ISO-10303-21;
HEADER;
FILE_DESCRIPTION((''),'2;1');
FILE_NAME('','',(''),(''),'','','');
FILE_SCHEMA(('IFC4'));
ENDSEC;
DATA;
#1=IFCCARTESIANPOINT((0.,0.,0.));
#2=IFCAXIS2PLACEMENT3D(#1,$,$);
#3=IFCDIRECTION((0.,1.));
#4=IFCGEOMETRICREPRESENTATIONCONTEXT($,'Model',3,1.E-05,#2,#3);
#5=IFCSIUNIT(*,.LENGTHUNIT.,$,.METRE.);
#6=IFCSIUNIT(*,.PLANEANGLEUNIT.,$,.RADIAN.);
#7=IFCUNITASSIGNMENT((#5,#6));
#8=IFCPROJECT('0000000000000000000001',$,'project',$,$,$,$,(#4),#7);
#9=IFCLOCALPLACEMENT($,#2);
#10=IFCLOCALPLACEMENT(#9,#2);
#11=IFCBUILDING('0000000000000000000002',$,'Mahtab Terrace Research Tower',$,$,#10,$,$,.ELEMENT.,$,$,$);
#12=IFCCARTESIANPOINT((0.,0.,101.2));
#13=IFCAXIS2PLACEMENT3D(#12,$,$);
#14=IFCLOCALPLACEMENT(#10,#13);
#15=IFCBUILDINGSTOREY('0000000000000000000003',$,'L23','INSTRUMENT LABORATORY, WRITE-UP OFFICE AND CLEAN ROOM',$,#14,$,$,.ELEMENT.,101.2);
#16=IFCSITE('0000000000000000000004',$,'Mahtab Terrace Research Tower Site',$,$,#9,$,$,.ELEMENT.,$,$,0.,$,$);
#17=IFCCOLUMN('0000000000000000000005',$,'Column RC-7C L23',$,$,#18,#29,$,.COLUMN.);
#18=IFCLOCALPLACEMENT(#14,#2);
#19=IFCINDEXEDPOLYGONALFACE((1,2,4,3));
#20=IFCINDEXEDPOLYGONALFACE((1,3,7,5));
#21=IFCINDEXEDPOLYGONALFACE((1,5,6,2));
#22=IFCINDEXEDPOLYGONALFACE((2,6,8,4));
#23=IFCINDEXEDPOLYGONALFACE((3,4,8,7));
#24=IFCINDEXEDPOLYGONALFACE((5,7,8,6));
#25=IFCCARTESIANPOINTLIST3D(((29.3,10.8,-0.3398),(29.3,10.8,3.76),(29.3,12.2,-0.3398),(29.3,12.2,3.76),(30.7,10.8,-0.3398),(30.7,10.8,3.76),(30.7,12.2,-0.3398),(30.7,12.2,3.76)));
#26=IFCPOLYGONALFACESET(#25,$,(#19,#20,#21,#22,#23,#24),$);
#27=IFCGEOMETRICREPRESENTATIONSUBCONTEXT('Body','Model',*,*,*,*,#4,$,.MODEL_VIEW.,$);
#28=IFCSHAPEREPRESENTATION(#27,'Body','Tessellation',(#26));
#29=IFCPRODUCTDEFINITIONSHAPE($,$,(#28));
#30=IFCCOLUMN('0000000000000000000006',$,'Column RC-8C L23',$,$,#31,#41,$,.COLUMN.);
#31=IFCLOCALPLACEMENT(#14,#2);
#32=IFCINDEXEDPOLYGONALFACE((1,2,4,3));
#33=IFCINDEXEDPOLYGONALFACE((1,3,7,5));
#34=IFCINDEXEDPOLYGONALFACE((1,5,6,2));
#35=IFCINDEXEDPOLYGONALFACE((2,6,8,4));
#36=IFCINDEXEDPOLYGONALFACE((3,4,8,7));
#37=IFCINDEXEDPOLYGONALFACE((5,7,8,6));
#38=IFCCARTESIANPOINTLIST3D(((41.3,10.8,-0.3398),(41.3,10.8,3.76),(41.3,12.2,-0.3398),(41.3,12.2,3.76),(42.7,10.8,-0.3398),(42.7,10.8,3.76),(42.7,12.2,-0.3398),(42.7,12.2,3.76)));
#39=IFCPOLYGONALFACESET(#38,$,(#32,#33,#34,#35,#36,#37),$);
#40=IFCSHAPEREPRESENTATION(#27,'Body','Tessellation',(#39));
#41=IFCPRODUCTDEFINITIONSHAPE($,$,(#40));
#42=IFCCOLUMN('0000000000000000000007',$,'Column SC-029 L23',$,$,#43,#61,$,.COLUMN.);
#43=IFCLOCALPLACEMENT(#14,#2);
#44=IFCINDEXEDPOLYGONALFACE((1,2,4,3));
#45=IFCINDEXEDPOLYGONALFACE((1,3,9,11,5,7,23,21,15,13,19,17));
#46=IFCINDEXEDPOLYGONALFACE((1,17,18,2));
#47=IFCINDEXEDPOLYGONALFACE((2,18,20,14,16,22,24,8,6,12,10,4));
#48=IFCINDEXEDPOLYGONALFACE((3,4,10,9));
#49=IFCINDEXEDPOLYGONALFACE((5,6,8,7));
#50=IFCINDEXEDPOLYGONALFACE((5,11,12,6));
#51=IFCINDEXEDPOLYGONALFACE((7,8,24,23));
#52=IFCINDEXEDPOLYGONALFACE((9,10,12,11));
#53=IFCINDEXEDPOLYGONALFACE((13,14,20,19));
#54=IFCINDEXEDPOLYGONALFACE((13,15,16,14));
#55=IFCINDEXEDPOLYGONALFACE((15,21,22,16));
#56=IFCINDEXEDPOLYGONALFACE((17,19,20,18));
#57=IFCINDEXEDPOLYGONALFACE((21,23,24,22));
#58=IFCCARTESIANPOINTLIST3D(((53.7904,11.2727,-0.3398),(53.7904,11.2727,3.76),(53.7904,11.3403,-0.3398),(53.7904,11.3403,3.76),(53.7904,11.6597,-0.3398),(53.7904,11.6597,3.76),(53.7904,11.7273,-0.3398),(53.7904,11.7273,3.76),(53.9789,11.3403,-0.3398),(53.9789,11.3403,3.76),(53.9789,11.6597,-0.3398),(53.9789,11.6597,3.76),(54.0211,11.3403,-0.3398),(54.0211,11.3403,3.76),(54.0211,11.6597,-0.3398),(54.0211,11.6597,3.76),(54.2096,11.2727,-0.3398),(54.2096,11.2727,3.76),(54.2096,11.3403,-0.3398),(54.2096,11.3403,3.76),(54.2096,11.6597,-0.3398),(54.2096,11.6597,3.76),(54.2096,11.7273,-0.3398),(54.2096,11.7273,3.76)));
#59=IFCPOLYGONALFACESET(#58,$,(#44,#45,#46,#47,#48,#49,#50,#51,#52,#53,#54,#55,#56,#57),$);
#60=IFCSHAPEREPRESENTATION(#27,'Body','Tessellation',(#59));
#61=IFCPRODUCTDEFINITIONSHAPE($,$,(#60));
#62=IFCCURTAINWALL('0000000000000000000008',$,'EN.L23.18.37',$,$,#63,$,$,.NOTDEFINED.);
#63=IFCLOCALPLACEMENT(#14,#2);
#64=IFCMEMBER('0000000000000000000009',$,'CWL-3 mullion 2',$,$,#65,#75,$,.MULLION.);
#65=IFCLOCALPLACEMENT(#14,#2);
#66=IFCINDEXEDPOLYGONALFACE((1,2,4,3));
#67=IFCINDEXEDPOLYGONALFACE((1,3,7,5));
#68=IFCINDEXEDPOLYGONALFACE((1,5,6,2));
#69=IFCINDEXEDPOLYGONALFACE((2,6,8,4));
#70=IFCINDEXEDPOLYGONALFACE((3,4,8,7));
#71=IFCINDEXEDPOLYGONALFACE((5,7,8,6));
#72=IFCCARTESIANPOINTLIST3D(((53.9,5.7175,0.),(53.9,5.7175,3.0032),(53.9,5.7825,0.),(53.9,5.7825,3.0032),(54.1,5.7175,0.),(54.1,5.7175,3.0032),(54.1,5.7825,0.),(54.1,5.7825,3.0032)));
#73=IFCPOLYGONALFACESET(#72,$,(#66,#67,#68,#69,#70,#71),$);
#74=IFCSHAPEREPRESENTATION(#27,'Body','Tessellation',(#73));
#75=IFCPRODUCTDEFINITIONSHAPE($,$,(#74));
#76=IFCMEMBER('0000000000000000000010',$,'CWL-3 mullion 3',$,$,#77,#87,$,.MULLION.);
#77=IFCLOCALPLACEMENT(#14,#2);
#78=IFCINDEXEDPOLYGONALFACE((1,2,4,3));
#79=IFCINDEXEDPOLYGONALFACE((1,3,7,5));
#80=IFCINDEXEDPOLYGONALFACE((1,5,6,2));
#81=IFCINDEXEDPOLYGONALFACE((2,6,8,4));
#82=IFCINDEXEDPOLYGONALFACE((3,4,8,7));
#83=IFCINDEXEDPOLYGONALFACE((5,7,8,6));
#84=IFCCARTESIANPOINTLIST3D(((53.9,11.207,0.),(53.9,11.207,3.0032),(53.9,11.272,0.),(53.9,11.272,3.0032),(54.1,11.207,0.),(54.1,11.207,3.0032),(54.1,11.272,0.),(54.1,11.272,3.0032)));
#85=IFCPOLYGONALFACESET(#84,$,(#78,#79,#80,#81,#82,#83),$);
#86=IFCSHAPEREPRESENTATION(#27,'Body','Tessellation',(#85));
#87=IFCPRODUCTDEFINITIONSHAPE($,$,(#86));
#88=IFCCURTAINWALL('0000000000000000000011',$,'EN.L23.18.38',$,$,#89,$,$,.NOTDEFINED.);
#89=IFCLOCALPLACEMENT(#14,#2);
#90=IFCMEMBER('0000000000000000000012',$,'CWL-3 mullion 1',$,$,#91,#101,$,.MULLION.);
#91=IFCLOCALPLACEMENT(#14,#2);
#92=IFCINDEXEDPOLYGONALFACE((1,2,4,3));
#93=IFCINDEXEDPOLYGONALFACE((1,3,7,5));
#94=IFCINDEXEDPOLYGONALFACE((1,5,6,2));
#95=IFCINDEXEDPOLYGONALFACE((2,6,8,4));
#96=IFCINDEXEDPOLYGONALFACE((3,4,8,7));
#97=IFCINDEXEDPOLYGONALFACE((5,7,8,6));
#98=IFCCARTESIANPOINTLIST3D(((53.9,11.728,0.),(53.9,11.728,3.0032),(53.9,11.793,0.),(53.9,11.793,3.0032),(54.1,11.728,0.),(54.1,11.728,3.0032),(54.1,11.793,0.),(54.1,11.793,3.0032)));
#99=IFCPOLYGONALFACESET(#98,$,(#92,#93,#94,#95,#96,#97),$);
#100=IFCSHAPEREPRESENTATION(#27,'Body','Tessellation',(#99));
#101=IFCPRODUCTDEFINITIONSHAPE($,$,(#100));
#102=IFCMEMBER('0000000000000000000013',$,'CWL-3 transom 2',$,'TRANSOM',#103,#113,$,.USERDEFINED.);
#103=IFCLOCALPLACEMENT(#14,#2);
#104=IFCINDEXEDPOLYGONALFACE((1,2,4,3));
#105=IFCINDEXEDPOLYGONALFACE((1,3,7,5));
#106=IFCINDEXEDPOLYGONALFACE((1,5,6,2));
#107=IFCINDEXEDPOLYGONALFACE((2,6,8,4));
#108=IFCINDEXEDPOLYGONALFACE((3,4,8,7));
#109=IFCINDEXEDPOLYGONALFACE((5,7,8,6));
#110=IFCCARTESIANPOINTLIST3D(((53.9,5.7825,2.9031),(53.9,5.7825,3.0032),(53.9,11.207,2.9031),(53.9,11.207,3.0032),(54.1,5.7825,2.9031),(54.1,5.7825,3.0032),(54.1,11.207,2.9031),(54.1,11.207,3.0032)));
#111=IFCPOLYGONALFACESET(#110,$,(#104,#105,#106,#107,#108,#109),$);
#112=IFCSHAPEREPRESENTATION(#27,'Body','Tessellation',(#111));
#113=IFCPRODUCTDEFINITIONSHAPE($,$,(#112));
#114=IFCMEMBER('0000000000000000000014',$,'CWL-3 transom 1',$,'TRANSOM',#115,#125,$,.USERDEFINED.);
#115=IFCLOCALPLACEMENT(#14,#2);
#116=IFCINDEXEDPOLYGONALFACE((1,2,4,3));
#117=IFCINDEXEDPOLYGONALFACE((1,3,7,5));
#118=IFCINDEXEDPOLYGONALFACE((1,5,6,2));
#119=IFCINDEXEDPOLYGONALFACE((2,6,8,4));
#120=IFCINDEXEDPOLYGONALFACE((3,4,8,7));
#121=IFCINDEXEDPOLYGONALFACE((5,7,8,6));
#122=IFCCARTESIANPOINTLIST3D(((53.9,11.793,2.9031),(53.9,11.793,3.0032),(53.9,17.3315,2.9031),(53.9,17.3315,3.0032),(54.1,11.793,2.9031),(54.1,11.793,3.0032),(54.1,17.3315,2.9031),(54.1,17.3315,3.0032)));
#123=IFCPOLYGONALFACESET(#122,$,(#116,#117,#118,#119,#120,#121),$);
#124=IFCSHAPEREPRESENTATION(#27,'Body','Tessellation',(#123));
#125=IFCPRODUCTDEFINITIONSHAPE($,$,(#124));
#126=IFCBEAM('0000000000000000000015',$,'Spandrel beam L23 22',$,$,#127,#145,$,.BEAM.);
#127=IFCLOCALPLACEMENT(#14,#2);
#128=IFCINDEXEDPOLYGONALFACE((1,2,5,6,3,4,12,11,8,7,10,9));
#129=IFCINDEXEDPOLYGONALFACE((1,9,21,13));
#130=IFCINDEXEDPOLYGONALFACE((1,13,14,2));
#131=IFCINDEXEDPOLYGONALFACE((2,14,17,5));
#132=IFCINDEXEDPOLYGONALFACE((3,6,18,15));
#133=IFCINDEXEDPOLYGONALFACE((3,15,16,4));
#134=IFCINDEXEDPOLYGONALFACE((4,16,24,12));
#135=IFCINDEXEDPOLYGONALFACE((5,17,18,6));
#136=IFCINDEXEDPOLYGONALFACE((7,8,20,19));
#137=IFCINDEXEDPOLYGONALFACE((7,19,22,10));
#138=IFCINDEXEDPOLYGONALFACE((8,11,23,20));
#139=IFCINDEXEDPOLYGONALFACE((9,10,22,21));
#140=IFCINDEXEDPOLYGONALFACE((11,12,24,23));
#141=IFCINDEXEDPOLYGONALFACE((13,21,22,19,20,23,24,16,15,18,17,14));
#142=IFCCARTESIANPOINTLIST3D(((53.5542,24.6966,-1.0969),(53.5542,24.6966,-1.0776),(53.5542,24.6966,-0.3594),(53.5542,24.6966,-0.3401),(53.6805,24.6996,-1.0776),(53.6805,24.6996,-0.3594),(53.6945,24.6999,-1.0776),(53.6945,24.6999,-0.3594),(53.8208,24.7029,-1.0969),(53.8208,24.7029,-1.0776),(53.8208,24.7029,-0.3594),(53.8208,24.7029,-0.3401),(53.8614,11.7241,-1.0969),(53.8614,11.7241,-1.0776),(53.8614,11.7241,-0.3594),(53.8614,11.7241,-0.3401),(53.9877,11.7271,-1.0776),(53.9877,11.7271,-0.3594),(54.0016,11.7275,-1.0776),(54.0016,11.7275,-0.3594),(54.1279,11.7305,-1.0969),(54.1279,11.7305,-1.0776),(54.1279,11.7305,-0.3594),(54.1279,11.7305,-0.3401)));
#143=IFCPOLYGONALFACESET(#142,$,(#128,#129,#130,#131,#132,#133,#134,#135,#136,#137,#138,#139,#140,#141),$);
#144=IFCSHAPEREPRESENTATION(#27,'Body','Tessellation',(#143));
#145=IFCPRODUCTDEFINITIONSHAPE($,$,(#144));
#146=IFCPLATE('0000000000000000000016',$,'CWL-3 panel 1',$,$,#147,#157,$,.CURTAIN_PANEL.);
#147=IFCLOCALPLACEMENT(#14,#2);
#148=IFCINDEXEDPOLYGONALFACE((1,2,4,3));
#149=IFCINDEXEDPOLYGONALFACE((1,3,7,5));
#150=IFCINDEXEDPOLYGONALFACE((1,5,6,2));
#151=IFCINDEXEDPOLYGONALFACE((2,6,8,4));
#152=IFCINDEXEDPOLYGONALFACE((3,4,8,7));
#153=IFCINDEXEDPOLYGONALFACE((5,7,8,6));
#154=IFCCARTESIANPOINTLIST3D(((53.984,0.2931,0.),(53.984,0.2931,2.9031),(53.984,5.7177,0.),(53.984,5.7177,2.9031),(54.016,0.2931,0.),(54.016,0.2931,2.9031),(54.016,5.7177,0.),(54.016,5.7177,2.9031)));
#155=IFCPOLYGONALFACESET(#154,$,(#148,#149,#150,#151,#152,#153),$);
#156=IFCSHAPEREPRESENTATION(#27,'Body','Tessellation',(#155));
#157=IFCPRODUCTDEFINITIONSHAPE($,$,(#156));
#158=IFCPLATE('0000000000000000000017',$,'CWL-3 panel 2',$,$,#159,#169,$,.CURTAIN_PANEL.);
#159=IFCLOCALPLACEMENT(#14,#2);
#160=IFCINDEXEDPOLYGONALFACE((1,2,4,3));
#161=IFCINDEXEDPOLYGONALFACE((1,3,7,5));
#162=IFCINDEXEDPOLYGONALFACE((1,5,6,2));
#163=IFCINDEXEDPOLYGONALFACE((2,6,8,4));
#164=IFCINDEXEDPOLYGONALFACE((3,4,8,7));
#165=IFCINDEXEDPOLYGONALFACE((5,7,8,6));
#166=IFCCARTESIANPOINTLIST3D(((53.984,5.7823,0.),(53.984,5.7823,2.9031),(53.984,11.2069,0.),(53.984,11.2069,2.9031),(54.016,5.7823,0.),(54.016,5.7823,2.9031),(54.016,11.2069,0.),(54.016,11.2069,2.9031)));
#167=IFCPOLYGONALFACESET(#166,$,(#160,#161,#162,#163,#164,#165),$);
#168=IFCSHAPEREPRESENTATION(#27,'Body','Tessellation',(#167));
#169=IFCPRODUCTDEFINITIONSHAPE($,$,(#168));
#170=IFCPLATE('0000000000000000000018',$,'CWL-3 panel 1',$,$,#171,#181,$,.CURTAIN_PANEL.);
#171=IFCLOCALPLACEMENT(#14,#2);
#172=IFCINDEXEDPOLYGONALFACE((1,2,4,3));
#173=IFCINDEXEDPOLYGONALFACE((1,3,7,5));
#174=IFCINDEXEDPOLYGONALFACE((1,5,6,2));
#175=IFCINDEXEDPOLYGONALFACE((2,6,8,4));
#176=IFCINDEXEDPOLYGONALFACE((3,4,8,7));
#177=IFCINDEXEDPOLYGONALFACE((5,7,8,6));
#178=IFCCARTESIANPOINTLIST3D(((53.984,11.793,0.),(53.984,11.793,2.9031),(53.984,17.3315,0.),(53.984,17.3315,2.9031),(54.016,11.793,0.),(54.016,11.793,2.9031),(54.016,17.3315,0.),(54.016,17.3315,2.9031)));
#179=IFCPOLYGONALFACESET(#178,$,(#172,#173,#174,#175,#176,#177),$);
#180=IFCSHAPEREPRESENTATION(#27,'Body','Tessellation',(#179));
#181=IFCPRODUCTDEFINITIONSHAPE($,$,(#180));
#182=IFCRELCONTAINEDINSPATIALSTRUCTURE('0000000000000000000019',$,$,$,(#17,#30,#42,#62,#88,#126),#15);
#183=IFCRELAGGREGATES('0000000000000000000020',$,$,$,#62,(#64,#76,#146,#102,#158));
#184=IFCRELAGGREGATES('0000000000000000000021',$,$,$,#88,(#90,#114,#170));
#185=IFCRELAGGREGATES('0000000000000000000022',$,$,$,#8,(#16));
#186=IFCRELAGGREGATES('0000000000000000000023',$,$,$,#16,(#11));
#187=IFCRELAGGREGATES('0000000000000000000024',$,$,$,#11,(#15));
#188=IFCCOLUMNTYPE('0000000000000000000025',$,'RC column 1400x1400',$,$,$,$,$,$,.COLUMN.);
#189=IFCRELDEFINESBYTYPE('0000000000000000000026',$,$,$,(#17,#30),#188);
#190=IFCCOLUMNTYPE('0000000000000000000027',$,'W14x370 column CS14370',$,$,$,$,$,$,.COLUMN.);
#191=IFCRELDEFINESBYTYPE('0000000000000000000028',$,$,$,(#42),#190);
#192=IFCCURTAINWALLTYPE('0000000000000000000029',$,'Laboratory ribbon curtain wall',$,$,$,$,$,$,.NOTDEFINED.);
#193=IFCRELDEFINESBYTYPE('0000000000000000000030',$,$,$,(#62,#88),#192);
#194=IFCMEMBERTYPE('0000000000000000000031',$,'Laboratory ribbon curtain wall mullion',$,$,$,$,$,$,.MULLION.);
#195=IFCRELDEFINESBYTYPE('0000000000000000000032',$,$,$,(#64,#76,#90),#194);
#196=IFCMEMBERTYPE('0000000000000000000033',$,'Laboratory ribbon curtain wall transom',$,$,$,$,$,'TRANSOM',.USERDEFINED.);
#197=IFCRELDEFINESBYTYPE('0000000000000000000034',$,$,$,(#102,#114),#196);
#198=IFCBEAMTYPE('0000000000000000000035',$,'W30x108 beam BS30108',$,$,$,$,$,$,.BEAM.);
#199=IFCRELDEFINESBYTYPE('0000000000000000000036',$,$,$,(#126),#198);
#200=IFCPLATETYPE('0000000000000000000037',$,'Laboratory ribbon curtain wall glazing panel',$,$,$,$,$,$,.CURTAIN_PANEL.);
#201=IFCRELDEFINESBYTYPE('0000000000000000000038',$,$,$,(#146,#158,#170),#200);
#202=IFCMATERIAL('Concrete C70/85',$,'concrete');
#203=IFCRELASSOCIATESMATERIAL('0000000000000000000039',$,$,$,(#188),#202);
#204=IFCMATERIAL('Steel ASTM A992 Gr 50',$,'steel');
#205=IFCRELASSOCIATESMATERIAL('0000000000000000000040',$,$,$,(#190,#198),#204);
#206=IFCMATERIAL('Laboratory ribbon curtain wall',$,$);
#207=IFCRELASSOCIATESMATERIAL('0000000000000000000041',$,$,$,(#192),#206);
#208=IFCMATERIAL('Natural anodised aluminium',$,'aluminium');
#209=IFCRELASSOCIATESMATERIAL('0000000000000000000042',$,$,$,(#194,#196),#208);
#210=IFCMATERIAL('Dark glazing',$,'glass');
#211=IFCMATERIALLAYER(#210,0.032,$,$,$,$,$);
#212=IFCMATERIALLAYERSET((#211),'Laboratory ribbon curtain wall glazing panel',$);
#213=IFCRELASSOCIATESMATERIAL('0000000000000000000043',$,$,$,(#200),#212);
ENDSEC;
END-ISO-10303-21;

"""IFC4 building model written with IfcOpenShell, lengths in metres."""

from ifc_helpers import new_model, si_unit, direction, frame, origin, origin_2d, place, context, subcontext, project, spatial, rectangle, i_section, extrude, material, layer, layer_set, material_profile, profile_set, type_object, element, aggregate, save


model = new_model("IFC4")

# Units and contexts
model_context = context("Model", 3, precision=1e-05, world=origin(), true_north=direction((0.0, 1.0)))
body_context = subcontext(model_context, "Body", "Model", "MODEL_VIEW")
ifc_project = project(units=[si_unit("LENGTHUNIT", "METRE"), si_unit("PLANEANGLEUNIT", "RADIAN")], contexts=[model_context])

# Site, building, storey
site_placement = place(None, origin())
site = spatial("IfcSite", under=ifc_project, at=site_placement, Name="Mahtab Terrace Research Tower Site", CompositionType="ELEMENT", RefElevation=0.0)
building_placement = place(site_placement, origin())
building = spatial("IfcBuilding", under=site, at=building_placement, Name="Mahtab Terrace Research Tower", CompositionType="ELEMENT")
storey_placement = place(building_placement, frame((0.0, 0.0, 101.2)))
storey = spatial("IfcBuildingStorey", under=building, at=storey_placement, Name="L23", Description="INSTRUMENT LABORATORY, WRITE-UP OFFICE AND CLEAN ROOM", CompositionType="ELEMENT", Elevation=101.2)

# Columns
ifc_material_1 = material(Name="Concrete C70/85", Category="concrete")
ifc_material_profile_1 = material_profile(ifc_material_1, rectangle(XDim=1.3999, YDim=1.3999, at=origin_2d()), Name="RC column 1400x1400")
ifc_profile_set_1 = profile_set([ifc_material_profile_1], Name="Concrete C70/85")
column_type_1 = type_object("IfcColumnType", Name="RC column 1400x1400", PredefinedType="COLUMN", material=ifc_profile_set_1)
for number, where, z_axis, x_axis, name in (
    (1, (30.0, 11.5, -0.3398), (0.0, 0.0, 1.0), (1.0, 0.0, 0.0), "Column RC-7C L23"),
    (2, (42.0, 11.5, -0.3398), (0.0, 0.0, 1.0), (1.0, 0.0, 0.0), "Column RC-8C L23"),
):
    element("IfcColumn", number, at=place(storey_placement, frame(where, z_axis=z_axis, x_axis=x_axis)), inside=storey, type_object=column_type_1, Name=name, PredefinedType="COLUMN", context=body_context, shape_type="SweptSolid", body=[
        extrude(rectangle(XDim=1.3999, YDim=1.3999, at=origin_2d()), origin(), (0.0, 0.0, 1.0), 4.0999),
    ])
ifc_material_2 = material(Name="Steel ASTM A992 Gr 50", Category="steel")
ifc_material_profile_2 = material_profile(ifc_material_2, i_section(OverallWidth=0.4192, OverallDepth=0.4546, WebThickness=0.0422, FlangeThickness=0.0676, at=origin_2d()), Name="W14X370")
ifc_profile_set_2 = profile_set([ifc_material_profile_2], Name="Steel ASTM A992 Gr 50")
column_type_2 = type_object("IfcColumnType", Name="W14x370 column CS14370", PredefinedType="COLUMN", material=ifc_profile_set_2)
column_placement = place(storey_placement, frame((54.0, 11.5, -0.3398), z_axis=(0.0, 0.0, 1.0), x_axis=(1.0, 0.0, 0.0)))
element("IfcColumn", 3, at=column_placement, inside=storey, type_object=column_type_2, Name="Column SC-029 L23", PredefinedType="COLUMN", context=body_context, shape_type="SweptSolid", body=[
    extrude(i_section(OverallWidth=0.4192, OverallDepth=0.4546, WebThickness=0.0422, FlangeThickness=0.0676, at=origin_2d()), origin(), (0.0, 0.0, 1.0), 4.0999),
])

# Curtain wall, members
ifc_material_3 = material(Name="Laboratory ribbon curtain wall")
curtain_wall_type = type_object("IfcCurtainWallType", Name="Laboratory ribbon curtain wall", PredefinedType="NOTDEFINED", material=ifc_material_3)
curtain_wall_1_placement = place(storey_placement, origin())
curtain_wall_1 = element("IfcCurtainWall", 4, at=curtain_wall_1_placement, inside=storey, type_object=curtain_wall_type, Name="EN.L23.18.37", PredefinedType="NOTDEFINED")
ifc_material_4 = material(Name="Natural anodised aluminium", Category="aluminium")
ifc_material_profile_3 = material_profile(ifc_material_4, rectangle(XDim=0.2, YDim=0.0649, at=origin_2d()), Name="MULLION 65x200")
ifc_profile_set_3 = profile_set([ifc_material_profile_3], Name="Natural anodised aluminium")
member_type_1 = type_object("IfcMemberType", Name="Laboratory ribbon curtain wall mullion", PredefinedType="MULLION", material=ifc_profile_set_3)
member_1_placement = place(storey_placement, frame((54.0, 5.75, 0.0), z_axis=(0.0, 0.0, 1.0), x_axis=(-1.0, 0.0, 0.0)))
member_1 = element("IfcMember", 5, at=member_1_placement, type_object=member_type_1, Name="CWL-3 mullion 2", PredefinedType="MULLION", context=body_context, shape_type="SweptSolid", body=[
    extrude(rectangle(XDim=0.2, YDim=0.0649, at=origin_2d()), origin(), (0.0, 0.0, 1.0), 3.0032),
])
member_2_placement = place(storey_placement, frame((54.0, 11.2395, 0.0), z_axis=(0.0, 0.0, 1.0), x_axis=(-1.0, 0.0, 0.0)))
member_2 = element("IfcMember", 6, at=member_2_placement, type_object=member_type_1, Name="CWL-3 mullion 3", PredefinedType="MULLION", context=body_context, shape_type="SweptSolid", body=[
    extrude(rectangle(XDim=0.2, YDim=0.0649, at=origin_2d()), origin(), (0.0, 0.0, 1.0), 3.0032),
])

# Curtain wall, member
curtain_wall_2_placement = place(storey_placement, origin())
curtain_wall_2 = element("IfcCurtainWall", 7, at=curtain_wall_2_placement, inside=storey, type_object=curtain_wall_type, Name="EN.L23.18.38", PredefinedType="NOTDEFINED")
member_3_placement = place(storey_placement, frame((54.0, 11.7605, 0.0), z_axis=(0.0, 0.0, 1.0), x_axis=(-1.0, 0.0, 0.0)))
member_3 = element("IfcMember", 8, at=member_3_placement, type_object=member_type_1, Name="CWL-3 mullion 1", PredefinedType="MULLION", context=body_context, shape_type="SweptSolid", body=[
    extrude(rectangle(XDim=0.2, YDim=0.0649, at=origin_2d()), origin(), (0.0, 0.0, 1.0), 3.0032),
])

# Members
ifc_material_profile_4 = material_profile(ifc_material_4, rectangle(XDim=0.2, YDim=0.1001, at=origin_2d()), Name="TRANSOM 100x200")
ifc_profile_set_4 = profile_set([ifc_material_profile_4], Name="Natural anodised aluminium")
member_type_2 = type_object("IfcMemberType", Name="Laboratory ribbon curtain wall transom", ElementType="TRANSOM", PredefinedType="USERDEFINED", material=ifc_profile_set_4)
member_4_placement = place(storey_placement, frame((54.0, 5.7825, 2.9531), z_axis=(0.0, 1.0, 0.0), x_axis=(-1.0, 0.0, 0.0)))
member_4 = element("IfcMember", 9, at=member_4_placement, type_object=member_type_2, Name="CWL-3 transom 2", ObjectType="TRANSOM", PredefinedType="USERDEFINED", context=body_context, shape_type="SweptSolid", body=[
    extrude(rectangle(XDim=0.2, YDim=0.1001, at=origin_2d()), origin(), (0.0, 0.0, 1.0), 5.4246),
])
member_5_placement = place(storey_placement, frame((54.0, 11.793, 2.9531), z_axis=(0.0, 1.0, 0.0), x_axis=(-1.0, 0.0, 0.0)))
member_5 = element("IfcMember", 10, at=member_5_placement, type_object=member_type_2, Name="CWL-3 transom 1", ObjectType="TRANSOM", PredefinedType="USERDEFINED", context=body_context, shape_type="SweptSolid", body=[
    extrude(rectangle(XDim=0.2, YDim=0.1001, at=origin_2d()), origin(), (0.0, 0.0, 1.0), 5.5386),
])

# Beam
ifc_material_profile_5 = material_profile(ifc_material_2, i_section(OverallWidth=0.2666, OverallDepth=0.7568, WebThickness=0.0139, FlangeThickness=0.0193, at=origin_2d()), Name="W30X108")
ifc_profile_set_5 = profile_set([ifc_material_profile_5], Name="Steel ASTM A992 Gr 50")
beam_type = type_object("IfcBeamType", Name="W30x108 beam BS30108", PredefinedType="BEAM", material=ifc_profile_set_5)
beam_placement = place(storey_placement, frame((53.9946, 11.7273, -0.7185), z_axis=(-0.023669, 0.99972, 0.0), x_axis=(-0.99972, -0.023669, 0.0)))
element("IfcBeam", 11, at=beam_placement, inside=storey, type_object=beam_type, Name="Spandrel beam L23 22", PredefinedType="BEAM", context=body_context, shape_type="SweptSolid", body=[
    extrude(i_section(OverallWidth=0.2666, OverallDepth=0.7568, WebThickness=0.0139, FlangeThickness=0.0193, at=origin_2d()), origin(), (0.0, 0.0, 1.0), 12.9761),
])

# Plates
ifc_material_5 = material(Name="Dark glazing", Category="glass")
ifc_layer_1 = layer(ifc_material_5, 0.032)
ifc_layer_set_1 = layer_set([ifc_layer_1], Name="Laboratory ribbon curtain wall glazing panel")
plate_type = type_object("IfcPlateType", Name="Laboratory ribbon curtain wall glazing panel", PredefinedType="CURTAIN_PANEL", material=ifc_layer_set_1)
plate_1_placement = place(storey_placement, frame((54.0, 3.0054, 0.0), z_axis=(0.0, 0.0, 1.0), x_axis=(0.0, 1.0, 0.0)))
plate_1 = element("IfcPlate", 12, at=plate_1_placement, type_object=plate_type, Name="CWL-3 panel 1", PredefinedType="CURTAIN_PANEL", context=body_context, shape_type="SweptSolid", body=[
    extrude(rectangle(XDim=5.4246, YDim=0.032, at=origin_2d()), origin(), (0.0, 0.0, 1.0), 2.9031),
])
plate_2_placement = place(storey_placement, frame((54.0, 8.4946, 0.0), z_axis=(0.0, 0.0, 1.0), x_axis=(0.0, 1.0, 0.0)))
plate_2 = element("IfcPlate", 13, at=plate_2_placement, type_object=plate_type, Name="CWL-3 panel 2", PredefinedType="CURTAIN_PANEL", context=body_context, shape_type="SweptSolid", body=[
    extrude(rectangle(XDim=5.4246, YDim=0.032, at=origin_2d()), origin(), (0.0, 0.0, 1.0), 2.9031),
])
aggregate(curtain_wall_1, [member_1, member_2, plate_1, member_4, plate_2])
plate_3_placement = place(storey_placement, frame((54.0, 14.5623, 0.0), z_axis=(0.0, 0.0, 1.0), x_axis=(0.0, 1.0, 0.0)))
plate_3 = element("IfcPlate", 14, at=plate_3_placement, type_object=plate_type, Name="CWL-3 panel 1", PredefinedType="CURTAIN_PANEL", context=body_context, shape_type="SweptSolid", body=[
    extrude(rectangle(XDim=5.5386, YDim=0.032, at=origin_2d()), origin(), (0.0, 0.0, 1.0), 2.9031),
])
aggregate(curtain_wall_2, [member_3, member_5, plate_3])

save(model, "model.ifc")
